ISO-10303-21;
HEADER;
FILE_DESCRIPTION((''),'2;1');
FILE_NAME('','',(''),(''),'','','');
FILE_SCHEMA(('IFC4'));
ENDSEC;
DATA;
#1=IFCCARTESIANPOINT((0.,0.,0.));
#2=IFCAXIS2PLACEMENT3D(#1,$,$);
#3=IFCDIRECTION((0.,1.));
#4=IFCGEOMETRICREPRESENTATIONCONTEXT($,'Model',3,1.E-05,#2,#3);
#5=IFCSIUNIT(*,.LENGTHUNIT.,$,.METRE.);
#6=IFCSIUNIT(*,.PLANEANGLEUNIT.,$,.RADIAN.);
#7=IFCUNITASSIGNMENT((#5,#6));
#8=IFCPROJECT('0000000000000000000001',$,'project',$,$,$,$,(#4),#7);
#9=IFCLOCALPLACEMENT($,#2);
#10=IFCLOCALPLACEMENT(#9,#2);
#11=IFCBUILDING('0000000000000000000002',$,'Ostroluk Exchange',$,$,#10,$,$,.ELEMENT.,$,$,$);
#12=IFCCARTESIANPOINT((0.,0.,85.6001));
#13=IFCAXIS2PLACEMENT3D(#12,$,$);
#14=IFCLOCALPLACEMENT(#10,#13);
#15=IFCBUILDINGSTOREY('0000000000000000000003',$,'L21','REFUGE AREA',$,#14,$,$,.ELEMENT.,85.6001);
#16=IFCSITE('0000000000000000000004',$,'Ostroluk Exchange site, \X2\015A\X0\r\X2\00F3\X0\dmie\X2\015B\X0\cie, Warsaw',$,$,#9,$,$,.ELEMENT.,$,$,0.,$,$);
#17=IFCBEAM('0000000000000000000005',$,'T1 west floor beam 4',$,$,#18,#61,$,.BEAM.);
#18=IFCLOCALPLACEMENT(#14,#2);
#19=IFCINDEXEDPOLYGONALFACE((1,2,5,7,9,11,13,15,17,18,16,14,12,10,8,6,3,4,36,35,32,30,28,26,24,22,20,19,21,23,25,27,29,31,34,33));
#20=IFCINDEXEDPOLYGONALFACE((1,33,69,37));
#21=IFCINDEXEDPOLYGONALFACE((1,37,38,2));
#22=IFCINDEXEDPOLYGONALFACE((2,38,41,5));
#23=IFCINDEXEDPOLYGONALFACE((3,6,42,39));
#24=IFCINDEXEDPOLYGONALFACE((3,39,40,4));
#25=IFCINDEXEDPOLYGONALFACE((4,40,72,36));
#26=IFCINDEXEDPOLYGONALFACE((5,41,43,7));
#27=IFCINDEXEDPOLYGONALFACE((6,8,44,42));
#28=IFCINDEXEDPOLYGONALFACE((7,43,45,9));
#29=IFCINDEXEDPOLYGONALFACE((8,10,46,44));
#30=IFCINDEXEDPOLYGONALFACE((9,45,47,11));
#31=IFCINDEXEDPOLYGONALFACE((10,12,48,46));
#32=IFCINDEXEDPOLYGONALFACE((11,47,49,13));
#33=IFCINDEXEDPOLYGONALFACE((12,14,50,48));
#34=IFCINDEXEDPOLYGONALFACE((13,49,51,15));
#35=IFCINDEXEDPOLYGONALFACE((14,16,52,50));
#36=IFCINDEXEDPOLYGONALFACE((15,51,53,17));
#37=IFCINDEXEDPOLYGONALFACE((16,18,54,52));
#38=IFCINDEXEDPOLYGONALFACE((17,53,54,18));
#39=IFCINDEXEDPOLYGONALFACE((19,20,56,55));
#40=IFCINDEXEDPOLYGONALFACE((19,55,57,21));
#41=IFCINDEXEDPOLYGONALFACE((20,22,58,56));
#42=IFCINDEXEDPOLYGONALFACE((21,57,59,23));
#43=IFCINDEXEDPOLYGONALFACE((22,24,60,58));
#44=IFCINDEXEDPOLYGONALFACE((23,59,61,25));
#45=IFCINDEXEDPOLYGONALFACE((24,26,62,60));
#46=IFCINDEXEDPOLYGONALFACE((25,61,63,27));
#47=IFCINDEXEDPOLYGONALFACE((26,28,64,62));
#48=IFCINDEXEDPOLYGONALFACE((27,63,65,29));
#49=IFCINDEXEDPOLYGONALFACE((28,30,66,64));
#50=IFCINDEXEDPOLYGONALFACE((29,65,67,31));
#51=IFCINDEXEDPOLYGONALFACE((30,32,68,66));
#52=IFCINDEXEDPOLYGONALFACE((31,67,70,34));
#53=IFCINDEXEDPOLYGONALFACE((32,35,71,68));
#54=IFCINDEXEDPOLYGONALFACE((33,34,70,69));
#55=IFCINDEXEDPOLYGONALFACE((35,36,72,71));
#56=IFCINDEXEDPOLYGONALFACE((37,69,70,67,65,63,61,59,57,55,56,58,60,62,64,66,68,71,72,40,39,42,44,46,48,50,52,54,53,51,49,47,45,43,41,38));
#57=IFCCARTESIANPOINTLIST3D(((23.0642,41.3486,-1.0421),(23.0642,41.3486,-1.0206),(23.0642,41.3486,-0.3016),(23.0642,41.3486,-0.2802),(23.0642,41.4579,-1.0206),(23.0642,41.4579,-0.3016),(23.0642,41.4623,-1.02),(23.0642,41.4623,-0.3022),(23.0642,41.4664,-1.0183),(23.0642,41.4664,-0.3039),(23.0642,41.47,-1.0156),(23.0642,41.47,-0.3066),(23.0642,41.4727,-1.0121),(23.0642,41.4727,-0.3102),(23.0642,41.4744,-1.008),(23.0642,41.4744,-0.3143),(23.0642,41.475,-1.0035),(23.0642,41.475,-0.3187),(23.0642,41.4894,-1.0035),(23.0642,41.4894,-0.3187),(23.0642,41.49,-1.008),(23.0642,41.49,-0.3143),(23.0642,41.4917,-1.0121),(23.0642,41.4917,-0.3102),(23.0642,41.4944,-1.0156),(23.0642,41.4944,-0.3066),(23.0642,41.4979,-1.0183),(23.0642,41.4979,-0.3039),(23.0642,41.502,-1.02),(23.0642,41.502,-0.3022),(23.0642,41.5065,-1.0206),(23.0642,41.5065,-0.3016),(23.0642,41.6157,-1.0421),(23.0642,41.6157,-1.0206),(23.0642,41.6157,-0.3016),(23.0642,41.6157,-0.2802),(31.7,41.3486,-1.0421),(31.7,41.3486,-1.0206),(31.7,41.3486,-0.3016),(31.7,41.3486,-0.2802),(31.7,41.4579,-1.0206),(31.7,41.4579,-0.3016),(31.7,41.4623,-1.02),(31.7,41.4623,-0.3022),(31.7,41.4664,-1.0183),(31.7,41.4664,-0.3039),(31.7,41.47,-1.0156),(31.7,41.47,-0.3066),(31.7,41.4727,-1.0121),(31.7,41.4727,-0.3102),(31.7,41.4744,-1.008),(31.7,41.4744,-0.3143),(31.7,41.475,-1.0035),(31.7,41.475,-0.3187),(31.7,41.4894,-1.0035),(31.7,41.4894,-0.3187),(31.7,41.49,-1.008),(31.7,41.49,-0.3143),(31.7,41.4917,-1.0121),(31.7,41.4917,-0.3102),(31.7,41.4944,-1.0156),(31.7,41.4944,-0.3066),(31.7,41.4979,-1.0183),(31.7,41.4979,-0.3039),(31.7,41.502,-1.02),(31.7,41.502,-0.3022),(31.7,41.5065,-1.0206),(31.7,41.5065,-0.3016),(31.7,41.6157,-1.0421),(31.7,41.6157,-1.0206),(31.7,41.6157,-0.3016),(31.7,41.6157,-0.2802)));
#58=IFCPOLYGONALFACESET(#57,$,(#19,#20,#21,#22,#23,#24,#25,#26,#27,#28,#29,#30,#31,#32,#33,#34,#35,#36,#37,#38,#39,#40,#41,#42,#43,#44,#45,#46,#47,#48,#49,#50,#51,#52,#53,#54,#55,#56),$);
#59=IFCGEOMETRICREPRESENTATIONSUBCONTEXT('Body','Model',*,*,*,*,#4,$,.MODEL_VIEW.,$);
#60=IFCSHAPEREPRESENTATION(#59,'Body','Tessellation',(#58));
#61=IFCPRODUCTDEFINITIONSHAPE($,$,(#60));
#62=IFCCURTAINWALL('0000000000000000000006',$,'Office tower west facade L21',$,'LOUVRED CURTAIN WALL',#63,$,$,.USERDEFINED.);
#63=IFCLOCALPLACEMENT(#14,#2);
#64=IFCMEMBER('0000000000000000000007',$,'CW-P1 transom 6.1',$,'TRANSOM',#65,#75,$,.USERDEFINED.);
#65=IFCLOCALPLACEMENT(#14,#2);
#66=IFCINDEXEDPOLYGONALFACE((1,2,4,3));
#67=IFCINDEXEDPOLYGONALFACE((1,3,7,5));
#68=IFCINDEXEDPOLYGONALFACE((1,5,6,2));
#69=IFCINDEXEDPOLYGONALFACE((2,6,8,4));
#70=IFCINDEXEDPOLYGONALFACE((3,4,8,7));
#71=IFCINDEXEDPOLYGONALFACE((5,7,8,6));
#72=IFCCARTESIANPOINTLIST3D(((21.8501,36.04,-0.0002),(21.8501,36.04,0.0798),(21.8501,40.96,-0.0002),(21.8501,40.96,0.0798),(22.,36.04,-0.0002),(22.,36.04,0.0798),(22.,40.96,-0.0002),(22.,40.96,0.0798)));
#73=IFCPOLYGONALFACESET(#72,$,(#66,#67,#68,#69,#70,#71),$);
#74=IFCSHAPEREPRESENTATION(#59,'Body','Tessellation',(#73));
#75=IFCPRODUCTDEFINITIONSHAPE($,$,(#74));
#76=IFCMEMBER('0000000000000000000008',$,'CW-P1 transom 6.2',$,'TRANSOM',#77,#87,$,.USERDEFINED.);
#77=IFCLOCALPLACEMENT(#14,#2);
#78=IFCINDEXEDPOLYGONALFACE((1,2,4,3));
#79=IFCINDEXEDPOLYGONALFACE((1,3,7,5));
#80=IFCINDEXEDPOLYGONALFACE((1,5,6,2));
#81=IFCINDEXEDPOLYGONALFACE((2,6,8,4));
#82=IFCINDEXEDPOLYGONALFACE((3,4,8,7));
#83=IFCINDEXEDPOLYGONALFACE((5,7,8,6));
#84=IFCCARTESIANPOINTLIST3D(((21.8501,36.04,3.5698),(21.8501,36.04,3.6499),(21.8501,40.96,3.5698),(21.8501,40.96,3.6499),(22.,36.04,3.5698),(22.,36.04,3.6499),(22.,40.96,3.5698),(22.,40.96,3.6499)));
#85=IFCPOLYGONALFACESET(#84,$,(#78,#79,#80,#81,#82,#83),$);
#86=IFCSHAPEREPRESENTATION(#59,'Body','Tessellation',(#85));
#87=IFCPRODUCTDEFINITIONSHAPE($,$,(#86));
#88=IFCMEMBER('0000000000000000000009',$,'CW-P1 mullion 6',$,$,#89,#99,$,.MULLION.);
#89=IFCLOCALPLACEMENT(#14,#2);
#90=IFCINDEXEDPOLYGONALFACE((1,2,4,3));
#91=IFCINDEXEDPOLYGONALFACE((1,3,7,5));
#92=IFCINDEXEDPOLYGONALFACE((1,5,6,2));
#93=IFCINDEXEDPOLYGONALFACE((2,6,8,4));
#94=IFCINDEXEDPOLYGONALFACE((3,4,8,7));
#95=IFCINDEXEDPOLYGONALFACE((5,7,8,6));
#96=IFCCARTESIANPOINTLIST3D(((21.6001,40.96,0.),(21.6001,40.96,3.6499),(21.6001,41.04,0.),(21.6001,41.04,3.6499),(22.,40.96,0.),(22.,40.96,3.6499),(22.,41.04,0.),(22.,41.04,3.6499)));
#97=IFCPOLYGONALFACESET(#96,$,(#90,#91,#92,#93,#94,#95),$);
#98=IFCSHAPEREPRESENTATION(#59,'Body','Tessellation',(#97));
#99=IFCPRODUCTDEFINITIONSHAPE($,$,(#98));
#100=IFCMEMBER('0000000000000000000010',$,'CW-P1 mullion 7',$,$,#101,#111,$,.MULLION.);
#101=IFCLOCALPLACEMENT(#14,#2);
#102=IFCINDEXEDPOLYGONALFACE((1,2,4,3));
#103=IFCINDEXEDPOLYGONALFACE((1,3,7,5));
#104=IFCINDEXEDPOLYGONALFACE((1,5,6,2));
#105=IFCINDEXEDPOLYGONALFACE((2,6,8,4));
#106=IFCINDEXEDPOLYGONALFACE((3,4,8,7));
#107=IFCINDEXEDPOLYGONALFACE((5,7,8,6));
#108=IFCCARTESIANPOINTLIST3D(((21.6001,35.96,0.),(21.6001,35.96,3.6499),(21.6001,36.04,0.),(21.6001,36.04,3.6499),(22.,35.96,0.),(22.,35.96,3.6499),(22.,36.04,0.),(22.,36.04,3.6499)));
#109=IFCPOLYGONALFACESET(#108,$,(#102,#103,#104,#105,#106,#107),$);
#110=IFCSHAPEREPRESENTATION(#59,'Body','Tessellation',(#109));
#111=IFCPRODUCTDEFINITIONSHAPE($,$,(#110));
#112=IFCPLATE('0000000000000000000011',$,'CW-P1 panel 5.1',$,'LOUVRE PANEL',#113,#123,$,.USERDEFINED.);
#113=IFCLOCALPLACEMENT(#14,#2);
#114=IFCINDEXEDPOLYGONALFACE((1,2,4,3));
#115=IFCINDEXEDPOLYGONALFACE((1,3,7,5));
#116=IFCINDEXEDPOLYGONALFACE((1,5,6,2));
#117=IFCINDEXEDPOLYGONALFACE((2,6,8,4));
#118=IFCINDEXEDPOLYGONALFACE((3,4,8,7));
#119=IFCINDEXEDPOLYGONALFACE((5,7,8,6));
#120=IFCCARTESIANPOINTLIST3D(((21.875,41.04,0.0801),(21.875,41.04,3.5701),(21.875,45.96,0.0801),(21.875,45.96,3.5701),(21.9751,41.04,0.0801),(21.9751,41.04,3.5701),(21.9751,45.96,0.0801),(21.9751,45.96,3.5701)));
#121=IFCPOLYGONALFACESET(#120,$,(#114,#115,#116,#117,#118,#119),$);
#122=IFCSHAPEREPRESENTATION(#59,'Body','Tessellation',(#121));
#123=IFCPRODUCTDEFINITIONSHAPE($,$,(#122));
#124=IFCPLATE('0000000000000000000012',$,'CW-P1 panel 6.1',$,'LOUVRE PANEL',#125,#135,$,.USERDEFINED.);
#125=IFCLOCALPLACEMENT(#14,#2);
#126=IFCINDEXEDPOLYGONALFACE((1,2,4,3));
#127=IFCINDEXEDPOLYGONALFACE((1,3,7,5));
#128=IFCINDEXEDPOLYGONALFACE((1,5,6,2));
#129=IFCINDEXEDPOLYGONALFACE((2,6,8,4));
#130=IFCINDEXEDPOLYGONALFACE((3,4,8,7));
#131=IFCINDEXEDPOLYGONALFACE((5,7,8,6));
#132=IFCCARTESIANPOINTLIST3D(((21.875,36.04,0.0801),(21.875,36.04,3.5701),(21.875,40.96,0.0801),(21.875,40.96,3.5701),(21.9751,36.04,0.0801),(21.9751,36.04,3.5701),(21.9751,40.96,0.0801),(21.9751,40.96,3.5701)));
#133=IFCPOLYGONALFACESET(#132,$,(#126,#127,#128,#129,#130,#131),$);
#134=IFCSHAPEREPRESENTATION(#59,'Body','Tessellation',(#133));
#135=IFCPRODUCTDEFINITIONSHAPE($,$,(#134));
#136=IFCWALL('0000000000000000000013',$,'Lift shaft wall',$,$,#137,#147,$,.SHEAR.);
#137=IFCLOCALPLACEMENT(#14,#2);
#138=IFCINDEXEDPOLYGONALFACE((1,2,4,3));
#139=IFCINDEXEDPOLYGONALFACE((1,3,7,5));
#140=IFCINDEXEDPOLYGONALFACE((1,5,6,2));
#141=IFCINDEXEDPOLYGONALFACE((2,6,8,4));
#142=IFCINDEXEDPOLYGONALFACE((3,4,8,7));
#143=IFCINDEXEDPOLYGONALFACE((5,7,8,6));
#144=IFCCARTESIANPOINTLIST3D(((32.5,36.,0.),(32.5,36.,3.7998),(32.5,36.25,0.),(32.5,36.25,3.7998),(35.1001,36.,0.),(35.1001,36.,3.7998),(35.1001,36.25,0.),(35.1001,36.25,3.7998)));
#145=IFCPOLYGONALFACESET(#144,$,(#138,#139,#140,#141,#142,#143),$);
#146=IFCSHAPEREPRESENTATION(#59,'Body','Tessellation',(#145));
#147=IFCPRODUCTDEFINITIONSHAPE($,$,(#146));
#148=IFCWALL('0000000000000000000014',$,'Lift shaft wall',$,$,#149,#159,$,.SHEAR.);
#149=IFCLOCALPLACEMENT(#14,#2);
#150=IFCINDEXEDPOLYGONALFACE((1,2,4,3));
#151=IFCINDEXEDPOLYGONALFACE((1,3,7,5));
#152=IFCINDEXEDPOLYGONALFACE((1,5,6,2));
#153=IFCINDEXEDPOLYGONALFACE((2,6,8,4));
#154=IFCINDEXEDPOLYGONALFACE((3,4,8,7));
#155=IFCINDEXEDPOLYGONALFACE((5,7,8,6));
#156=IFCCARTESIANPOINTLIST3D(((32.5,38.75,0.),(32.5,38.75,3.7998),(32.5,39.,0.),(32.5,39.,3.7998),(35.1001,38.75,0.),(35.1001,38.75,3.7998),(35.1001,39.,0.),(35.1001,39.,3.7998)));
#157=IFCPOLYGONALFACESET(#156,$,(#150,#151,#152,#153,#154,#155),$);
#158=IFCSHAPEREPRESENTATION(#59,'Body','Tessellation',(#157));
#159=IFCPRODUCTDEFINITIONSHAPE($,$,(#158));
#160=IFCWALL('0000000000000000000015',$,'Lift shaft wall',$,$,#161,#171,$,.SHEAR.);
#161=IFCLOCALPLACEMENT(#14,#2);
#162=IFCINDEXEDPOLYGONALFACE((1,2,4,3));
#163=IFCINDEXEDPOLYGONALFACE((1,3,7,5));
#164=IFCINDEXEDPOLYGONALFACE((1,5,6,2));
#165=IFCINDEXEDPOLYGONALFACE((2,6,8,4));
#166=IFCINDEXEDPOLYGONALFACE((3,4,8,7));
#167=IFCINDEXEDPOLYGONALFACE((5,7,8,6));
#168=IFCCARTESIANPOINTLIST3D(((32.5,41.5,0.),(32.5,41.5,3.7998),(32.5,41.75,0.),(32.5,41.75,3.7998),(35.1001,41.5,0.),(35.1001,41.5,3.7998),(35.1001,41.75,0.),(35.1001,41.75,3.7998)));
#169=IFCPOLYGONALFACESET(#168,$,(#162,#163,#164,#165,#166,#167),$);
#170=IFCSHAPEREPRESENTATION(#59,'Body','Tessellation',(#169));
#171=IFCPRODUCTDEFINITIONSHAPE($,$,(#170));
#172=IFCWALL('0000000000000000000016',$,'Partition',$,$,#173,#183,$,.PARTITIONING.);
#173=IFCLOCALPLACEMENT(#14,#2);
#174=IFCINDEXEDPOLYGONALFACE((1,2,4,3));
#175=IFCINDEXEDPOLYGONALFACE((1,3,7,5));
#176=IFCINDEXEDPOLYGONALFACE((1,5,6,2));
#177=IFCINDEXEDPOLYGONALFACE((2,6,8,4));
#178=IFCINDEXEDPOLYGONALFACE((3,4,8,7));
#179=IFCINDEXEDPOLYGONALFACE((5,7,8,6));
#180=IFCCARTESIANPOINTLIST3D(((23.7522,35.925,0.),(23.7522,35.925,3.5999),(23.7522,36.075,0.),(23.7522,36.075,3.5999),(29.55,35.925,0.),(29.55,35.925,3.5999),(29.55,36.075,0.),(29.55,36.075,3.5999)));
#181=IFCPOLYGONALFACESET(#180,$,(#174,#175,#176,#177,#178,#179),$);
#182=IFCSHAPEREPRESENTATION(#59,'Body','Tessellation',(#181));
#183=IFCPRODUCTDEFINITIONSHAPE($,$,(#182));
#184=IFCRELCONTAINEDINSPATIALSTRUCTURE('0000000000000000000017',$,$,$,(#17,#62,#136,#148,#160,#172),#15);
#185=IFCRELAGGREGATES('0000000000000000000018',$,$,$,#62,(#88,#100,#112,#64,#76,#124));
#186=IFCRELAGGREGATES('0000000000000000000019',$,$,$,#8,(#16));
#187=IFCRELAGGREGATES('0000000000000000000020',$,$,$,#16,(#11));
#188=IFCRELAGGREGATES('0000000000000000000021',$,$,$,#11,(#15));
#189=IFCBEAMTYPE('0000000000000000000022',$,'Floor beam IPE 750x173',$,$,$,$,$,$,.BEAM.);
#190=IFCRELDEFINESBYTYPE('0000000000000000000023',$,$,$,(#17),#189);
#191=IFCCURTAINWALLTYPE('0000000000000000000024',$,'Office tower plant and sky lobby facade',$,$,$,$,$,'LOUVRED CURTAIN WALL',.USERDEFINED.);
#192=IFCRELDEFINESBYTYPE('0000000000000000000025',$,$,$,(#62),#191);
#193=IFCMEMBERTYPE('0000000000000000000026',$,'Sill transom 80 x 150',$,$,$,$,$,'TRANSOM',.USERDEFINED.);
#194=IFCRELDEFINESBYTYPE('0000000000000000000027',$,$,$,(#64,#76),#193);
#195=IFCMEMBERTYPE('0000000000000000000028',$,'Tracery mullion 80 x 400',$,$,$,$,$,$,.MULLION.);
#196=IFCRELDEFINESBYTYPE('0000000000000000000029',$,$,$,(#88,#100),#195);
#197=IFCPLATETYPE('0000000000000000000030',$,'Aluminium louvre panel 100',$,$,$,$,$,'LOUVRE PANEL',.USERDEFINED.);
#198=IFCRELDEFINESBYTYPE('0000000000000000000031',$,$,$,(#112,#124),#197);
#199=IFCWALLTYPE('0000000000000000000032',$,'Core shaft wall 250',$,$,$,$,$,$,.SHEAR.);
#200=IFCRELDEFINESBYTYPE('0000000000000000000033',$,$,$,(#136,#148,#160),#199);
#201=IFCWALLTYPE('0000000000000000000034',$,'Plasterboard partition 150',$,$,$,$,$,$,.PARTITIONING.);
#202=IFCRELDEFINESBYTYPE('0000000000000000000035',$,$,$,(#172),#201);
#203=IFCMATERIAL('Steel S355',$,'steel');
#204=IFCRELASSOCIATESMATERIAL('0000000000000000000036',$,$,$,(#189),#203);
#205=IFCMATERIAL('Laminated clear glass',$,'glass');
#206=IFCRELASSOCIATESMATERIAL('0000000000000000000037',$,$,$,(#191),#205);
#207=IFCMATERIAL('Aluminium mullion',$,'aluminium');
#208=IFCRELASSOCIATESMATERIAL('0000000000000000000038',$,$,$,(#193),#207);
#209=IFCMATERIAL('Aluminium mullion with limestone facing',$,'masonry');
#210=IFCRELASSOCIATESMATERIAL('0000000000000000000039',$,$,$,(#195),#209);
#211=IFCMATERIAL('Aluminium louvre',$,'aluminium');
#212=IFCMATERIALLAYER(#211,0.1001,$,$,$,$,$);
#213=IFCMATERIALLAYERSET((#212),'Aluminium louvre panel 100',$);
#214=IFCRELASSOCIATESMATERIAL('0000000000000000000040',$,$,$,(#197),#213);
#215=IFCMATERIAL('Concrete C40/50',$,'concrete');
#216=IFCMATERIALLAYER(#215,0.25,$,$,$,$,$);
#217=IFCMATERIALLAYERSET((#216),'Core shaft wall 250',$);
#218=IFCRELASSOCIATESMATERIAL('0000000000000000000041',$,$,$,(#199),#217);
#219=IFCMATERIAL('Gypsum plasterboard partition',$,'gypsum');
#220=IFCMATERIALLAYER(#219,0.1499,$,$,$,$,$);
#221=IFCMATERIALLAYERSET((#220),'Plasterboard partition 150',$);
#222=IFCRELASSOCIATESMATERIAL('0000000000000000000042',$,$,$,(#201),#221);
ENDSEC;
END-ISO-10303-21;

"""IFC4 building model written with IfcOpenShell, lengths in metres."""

from ifc_helpers import new_model, si_unit, direction, frame, frame_2d, origin, origin_2d, place, context, subcontext, project, spatial, rectangle, i_section, extrude, material, layer, layer_set, material_profile, profile_set, type_object, element, aggregate, save


model = new_model("IFC4")

# Units and contexts
model_context = context("Model", 3, precision=1e-05, world=origin(), true_north=direction((0.0, 1.0)))
body_context = subcontext(model_context, "Body", "Model", "MODEL_VIEW")
ifc_project = project(units=[si_unit("LENGTHUNIT", "METRE"), si_unit("PLANEANGLEUNIT", "RADIAN")], contexts=[model_context])

# Site, building, storey
site_placement = place(None, origin())
site = spatial("IfcSite", under=ifc_project, at=site_placement, Name="Ostroluk Exchange site, Śródmieście, Warsaw", CompositionType="ELEMENT", RefElevation=0.0)
building_placement = place(site_placement, origin())
building = spatial("IfcBuilding", under=site, at=building_placement, Name="Ostroluk Exchange", CompositionType="ELEMENT")
storey_placement = place(building_placement, frame((0.0, 0.0, 85.6001)))
storey = spatial("IfcBuildingStorey", under=building, at=storey_placement, Name="L21", Description="REFUGE AREA", CompositionType="ELEMENT", Elevation=85.6001)

# Beam
ifc_material_1 = material(Name="Steel S355", Category="steel")
ifc_material_profile_1 = material_profile(ifc_material_1, i_section(OverallWidth=0.2671, OverallDepth=0.762, WebThickness=0.0144, FlangeThickness=0.0215, FilletRadius=0.0171, at=origin_2d()), Name="IPE 750x173")
ifc_profile_set_1 = profile_set([ifc_material_profile_1], Name="Steel S355")
beam_type_1 = type_object("IfcBeamType", Name="Floor beam IPE 750x173", PredefinedType="BEAM", material=ifc_profile_set_1)
beam_1_placement = place(storey_placement, frame((31.7, 41.4822, -0.6611), z_axis=(-1.0, 0.0, 0.0), x_axis=(0.0, -1.0, 0.0)))
element("IfcBeam", 1, at=beam_1_placement, inside=storey, type_object=beam_type_1, Name="T1 west floor beam 4", PredefinedType="BEAM", context=body_context, shape_type="SweptSolid", body=[
    extrude(i_section(OverallWidth=0.2671, OverallDepth=0.762, WebThickness=0.0144, FlangeThickness=0.0215, FilletRadius=0.0171, at=origin_2d()), origin(), (0.0, 0.0, 1.0), 8.6357),
])

# Curtain wall, members, plates
ifc_material_2 = material(Name="Laminated clear glass", Category="glass")
curtain_wall_type = type_object("IfcCurtainWallType", Name="Office tower plant and sky lobby facade", ElementType="LOUVRED CURTAIN WALL", PredefinedType="USERDEFINED", material=ifc_material_2)
curtain_wall_placement = place(storey_placement, origin())
curtain_wall = element("IfcCurtainWall", 2, at=curtain_wall_placement, inside=storey, type_object=curtain_wall_type, Name="Office tower west facade L21", ObjectType="LOUVRED CURTAIN WALL", PredefinedType="USERDEFINED")
ifc_material_3 = material(Name="Aluminium mullion", Category="aluminium")
ifc_material_profile_2 = material_profile(ifc_material_3, rectangle(XDim=0.1499, YDim=0.0801, at=origin_2d()), Name="Sill transom 80 x 150")
ifc_profile_set_2 = profile_set([ifc_material_profile_2], Name="Aluminium mullion")
member_type_1 = type_object("IfcMemberType", Name="Sill transom 80 x 150", ElementType="TRANSOM", PredefinedType="USERDEFINED", material=ifc_profile_set_2)
member_1_placement = place(storey_placement, frame((21.925, 40.96, 0.0398), z_axis=(0.0, -1.0, 0.0), x_axis=(1.0, 0.0, 0.0)))
member_1 = element("IfcMember", 3, at=member_1_placement, type_object=member_type_1, Name="CW-P1 transom 6.1", ObjectType="TRANSOM", PredefinedType="USERDEFINED", context=body_context, shape_type="SweptSolid", body=[
    extrude(rectangle(XDim=0.1499, YDim=0.0801, at=origin_2d()), origin(), (0.0, 0.0, 1.0), 4.9199),
])
member_2_placement = place(storey_placement, frame((21.925, 40.96, 3.6099), z_axis=(0.0, -1.0, 0.0), x_axis=(1.0, 0.0, 0.0)))
member_2 = element("IfcMember", 4, at=member_2_placement, type_object=member_type_1, Name="CW-P1 transom 6.2", ObjectType="TRANSOM", PredefinedType="USERDEFINED", context=body_context, shape_type="SweptSolid", body=[
    extrude(rectangle(XDim=0.1499, YDim=0.0801, at=origin_2d()), origin(), (0.0, 0.0, 1.0), 4.9199),
])
ifc_material_4 = material(Name="Aluminium mullion with limestone facing", Category="masonry")
ifc_material_profile_3 = material_profile(ifc_material_4, rectangle(XDim=0.3999, YDim=0.0801, at=origin_2d()), Name="Tracery mullion 80 x 400")
ifc_profile_set_3 = profile_set([ifc_material_profile_3], Name="Aluminium mullion with limestone facing")
member_type_2 = type_object("IfcMemberType", Name="Tracery mullion 80 x 400", PredefinedType="MULLION", material=ifc_profile_set_3)
member_3_placement = place(storey_placement, frame((21.8, 41.0, 0.0), z_axis=(0.0, 0.0, 1.0), x_axis=(1.0, 0.0, 0.0)))
member_3 = element("IfcMember", 5, at=member_3_placement, type_object=member_type_2, Name="CW-P1 mullion 6", PredefinedType="MULLION", context=body_context, shape_type="SweptSolid", body=[
    extrude(rectangle(XDim=0.3999, YDim=0.0801, at=origin_2d()), origin(), (0.0, 0.0, 1.0), 3.6499),
])
member_4_placement = place(storey_placement, frame((21.8, 36.0, 0.0), z_axis=(0.0, 0.0, 1.0), x_axis=(1.0, 0.0, 0.0)))
member_4 = element("IfcMember", 6, at=member_4_placement, type_object=member_type_2, Name="CW-P1 mullion 7", PredefinedType="MULLION", context=body_context, shape_type="SweptSolid", body=[
    extrude(rectangle(XDim=0.3999, YDim=0.0801, at=origin_2d()), origin(), (0.0, 0.0, 1.0), 3.6499),
])
ifc_material_5 = material(Name="Aluminium louvre", Category="aluminium")
ifc_layer_1 = layer(ifc_material_5, 0.1001)
ifc_layer_set_1 = layer_set([ifc_layer_1], Name="Aluminium louvre panel 100")
plate_type = type_object("IfcPlateType", Name="Aluminium louvre panel 100", ElementType="LOUVRE PANEL", PredefinedType="USERDEFINED", material=ifc_layer_set_1)
plate_1_placement = place(storey_placement, frame((21.925, 43.5, 0.0801), z_axis=(0.0, 0.0, 1.0), x_axis=(0.0, -1.0, 0.0)))
plate_1 = element("IfcPlate", 7, at=plate_1_placement, type_object=plate_type, Name="CW-P1 panel 5.1", ObjectType="LOUVRE PANEL", PredefinedType="USERDEFINED", context=body_context, shape_type="SweptSolid", body=[
    extrude(rectangle(XDim=4.9199, YDim=0.1001, at=origin_2d()), origin(), (0.0, 0.0, 1.0), 3.49),
])
plate_2_placement = place(storey_placement, frame((21.925, 38.5, 0.0801), z_axis=(0.0, 0.0, 1.0), x_axis=(0.0, -1.0, 0.0)))
plate_2 = element("IfcPlate", 8, at=plate_2_placement, type_object=plate_type, Name="CW-P1 panel 6.1", ObjectType="LOUVRE PANEL", PredefinedType="USERDEFINED", context=body_context, shape_type="SweptSolid", body=[
    extrude(rectangle(XDim=4.9199, YDim=0.1001, at=origin_2d()), origin(), (0.0, 0.0, 1.0), 3.49),
])
aggregate(curtain_wall, [member_3, member_4, plate_1, member_1, member_2, plate_2])

# Walls
ifc_material_6 = material(Name="Concrete C40/50", Category="concrete")
ifc_layer_2 = layer(ifc_material_6, 0.25)
ifc_layer_set_2 = layer_set([ifc_layer_2], Name="Core shaft wall 250")
wall_type_1 = type_object("IfcWallType", Name="Core shaft wall 250", PredefinedType="SHEAR", material=ifc_layer_set_2)
for number, where, z_axis, x_axis, name in (
    (9, (32.5, 36.125, 0.0), (0.0, 0.0, 1.0), (1.0, 0.0, 0.0), "Lift shaft wall"),
    (10, (32.5, 38.875, 0.0), (0.0, 0.0, 1.0), (1.0, 0.0, 0.0), "Lift shaft wall"),
    (11, (32.5, 41.625, 0.0), (0.0, 0.0, 1.0), (1.0, 0.0, 0.0), "Lift shaft wall"),
):
    element("IfcWall", number, at=place(storey_placement, frame(where, z_axis=z_axis, x_axis=x_axis)), inside=storey, type_object=wall_type_1, Name=name, PredefinedType="SHEAR", context=body_context, shape_type="SweptSolid", body=[
        extrude(rectangle(XDim=2.6001, YDim=0.25, at=frame_2d((1.3, 0.0))), origin(), (0.0, 0.0, 1.0), 3.7998),
    ])
ifc_material_7 = material(Name="Gypsum plasterboard partition", Category="gypsum")
ifc_layer_3 = layer(ifc_material_7, 0.1499)
ifc_layer_set_3 = layer_set([ifc_layer_3], Name="Plasterboard partition 150")
wall_type_2 = type_object("IfcWallType", Name="Plasterboard partition 150", PredefinedType="PARTITIONING", material=ifc_layer_set_3)
wall_1_placement = place(storey_placement, frame((29.55, 36.0, 0.0), z_axis=(0.0, 0.0, 1.0), x_axis=(-1.0, 0.0, 0.0)))
element("IfcWall", 12, at=wall_1_placement, inside=storey, type_object=wall_type_2, Name="Partition", PredefinedType="PARTITIONING", context=body_context, shape_type="SweptSolid", body=[
    extrude(rectangle(XDim=5.7979, YDim=0.1499, at=frame_2d((2.8989, 0.0))), origin(), (0.0, 0.0, 1.0), 3.5999),
])

save(model, "model.ifc")
